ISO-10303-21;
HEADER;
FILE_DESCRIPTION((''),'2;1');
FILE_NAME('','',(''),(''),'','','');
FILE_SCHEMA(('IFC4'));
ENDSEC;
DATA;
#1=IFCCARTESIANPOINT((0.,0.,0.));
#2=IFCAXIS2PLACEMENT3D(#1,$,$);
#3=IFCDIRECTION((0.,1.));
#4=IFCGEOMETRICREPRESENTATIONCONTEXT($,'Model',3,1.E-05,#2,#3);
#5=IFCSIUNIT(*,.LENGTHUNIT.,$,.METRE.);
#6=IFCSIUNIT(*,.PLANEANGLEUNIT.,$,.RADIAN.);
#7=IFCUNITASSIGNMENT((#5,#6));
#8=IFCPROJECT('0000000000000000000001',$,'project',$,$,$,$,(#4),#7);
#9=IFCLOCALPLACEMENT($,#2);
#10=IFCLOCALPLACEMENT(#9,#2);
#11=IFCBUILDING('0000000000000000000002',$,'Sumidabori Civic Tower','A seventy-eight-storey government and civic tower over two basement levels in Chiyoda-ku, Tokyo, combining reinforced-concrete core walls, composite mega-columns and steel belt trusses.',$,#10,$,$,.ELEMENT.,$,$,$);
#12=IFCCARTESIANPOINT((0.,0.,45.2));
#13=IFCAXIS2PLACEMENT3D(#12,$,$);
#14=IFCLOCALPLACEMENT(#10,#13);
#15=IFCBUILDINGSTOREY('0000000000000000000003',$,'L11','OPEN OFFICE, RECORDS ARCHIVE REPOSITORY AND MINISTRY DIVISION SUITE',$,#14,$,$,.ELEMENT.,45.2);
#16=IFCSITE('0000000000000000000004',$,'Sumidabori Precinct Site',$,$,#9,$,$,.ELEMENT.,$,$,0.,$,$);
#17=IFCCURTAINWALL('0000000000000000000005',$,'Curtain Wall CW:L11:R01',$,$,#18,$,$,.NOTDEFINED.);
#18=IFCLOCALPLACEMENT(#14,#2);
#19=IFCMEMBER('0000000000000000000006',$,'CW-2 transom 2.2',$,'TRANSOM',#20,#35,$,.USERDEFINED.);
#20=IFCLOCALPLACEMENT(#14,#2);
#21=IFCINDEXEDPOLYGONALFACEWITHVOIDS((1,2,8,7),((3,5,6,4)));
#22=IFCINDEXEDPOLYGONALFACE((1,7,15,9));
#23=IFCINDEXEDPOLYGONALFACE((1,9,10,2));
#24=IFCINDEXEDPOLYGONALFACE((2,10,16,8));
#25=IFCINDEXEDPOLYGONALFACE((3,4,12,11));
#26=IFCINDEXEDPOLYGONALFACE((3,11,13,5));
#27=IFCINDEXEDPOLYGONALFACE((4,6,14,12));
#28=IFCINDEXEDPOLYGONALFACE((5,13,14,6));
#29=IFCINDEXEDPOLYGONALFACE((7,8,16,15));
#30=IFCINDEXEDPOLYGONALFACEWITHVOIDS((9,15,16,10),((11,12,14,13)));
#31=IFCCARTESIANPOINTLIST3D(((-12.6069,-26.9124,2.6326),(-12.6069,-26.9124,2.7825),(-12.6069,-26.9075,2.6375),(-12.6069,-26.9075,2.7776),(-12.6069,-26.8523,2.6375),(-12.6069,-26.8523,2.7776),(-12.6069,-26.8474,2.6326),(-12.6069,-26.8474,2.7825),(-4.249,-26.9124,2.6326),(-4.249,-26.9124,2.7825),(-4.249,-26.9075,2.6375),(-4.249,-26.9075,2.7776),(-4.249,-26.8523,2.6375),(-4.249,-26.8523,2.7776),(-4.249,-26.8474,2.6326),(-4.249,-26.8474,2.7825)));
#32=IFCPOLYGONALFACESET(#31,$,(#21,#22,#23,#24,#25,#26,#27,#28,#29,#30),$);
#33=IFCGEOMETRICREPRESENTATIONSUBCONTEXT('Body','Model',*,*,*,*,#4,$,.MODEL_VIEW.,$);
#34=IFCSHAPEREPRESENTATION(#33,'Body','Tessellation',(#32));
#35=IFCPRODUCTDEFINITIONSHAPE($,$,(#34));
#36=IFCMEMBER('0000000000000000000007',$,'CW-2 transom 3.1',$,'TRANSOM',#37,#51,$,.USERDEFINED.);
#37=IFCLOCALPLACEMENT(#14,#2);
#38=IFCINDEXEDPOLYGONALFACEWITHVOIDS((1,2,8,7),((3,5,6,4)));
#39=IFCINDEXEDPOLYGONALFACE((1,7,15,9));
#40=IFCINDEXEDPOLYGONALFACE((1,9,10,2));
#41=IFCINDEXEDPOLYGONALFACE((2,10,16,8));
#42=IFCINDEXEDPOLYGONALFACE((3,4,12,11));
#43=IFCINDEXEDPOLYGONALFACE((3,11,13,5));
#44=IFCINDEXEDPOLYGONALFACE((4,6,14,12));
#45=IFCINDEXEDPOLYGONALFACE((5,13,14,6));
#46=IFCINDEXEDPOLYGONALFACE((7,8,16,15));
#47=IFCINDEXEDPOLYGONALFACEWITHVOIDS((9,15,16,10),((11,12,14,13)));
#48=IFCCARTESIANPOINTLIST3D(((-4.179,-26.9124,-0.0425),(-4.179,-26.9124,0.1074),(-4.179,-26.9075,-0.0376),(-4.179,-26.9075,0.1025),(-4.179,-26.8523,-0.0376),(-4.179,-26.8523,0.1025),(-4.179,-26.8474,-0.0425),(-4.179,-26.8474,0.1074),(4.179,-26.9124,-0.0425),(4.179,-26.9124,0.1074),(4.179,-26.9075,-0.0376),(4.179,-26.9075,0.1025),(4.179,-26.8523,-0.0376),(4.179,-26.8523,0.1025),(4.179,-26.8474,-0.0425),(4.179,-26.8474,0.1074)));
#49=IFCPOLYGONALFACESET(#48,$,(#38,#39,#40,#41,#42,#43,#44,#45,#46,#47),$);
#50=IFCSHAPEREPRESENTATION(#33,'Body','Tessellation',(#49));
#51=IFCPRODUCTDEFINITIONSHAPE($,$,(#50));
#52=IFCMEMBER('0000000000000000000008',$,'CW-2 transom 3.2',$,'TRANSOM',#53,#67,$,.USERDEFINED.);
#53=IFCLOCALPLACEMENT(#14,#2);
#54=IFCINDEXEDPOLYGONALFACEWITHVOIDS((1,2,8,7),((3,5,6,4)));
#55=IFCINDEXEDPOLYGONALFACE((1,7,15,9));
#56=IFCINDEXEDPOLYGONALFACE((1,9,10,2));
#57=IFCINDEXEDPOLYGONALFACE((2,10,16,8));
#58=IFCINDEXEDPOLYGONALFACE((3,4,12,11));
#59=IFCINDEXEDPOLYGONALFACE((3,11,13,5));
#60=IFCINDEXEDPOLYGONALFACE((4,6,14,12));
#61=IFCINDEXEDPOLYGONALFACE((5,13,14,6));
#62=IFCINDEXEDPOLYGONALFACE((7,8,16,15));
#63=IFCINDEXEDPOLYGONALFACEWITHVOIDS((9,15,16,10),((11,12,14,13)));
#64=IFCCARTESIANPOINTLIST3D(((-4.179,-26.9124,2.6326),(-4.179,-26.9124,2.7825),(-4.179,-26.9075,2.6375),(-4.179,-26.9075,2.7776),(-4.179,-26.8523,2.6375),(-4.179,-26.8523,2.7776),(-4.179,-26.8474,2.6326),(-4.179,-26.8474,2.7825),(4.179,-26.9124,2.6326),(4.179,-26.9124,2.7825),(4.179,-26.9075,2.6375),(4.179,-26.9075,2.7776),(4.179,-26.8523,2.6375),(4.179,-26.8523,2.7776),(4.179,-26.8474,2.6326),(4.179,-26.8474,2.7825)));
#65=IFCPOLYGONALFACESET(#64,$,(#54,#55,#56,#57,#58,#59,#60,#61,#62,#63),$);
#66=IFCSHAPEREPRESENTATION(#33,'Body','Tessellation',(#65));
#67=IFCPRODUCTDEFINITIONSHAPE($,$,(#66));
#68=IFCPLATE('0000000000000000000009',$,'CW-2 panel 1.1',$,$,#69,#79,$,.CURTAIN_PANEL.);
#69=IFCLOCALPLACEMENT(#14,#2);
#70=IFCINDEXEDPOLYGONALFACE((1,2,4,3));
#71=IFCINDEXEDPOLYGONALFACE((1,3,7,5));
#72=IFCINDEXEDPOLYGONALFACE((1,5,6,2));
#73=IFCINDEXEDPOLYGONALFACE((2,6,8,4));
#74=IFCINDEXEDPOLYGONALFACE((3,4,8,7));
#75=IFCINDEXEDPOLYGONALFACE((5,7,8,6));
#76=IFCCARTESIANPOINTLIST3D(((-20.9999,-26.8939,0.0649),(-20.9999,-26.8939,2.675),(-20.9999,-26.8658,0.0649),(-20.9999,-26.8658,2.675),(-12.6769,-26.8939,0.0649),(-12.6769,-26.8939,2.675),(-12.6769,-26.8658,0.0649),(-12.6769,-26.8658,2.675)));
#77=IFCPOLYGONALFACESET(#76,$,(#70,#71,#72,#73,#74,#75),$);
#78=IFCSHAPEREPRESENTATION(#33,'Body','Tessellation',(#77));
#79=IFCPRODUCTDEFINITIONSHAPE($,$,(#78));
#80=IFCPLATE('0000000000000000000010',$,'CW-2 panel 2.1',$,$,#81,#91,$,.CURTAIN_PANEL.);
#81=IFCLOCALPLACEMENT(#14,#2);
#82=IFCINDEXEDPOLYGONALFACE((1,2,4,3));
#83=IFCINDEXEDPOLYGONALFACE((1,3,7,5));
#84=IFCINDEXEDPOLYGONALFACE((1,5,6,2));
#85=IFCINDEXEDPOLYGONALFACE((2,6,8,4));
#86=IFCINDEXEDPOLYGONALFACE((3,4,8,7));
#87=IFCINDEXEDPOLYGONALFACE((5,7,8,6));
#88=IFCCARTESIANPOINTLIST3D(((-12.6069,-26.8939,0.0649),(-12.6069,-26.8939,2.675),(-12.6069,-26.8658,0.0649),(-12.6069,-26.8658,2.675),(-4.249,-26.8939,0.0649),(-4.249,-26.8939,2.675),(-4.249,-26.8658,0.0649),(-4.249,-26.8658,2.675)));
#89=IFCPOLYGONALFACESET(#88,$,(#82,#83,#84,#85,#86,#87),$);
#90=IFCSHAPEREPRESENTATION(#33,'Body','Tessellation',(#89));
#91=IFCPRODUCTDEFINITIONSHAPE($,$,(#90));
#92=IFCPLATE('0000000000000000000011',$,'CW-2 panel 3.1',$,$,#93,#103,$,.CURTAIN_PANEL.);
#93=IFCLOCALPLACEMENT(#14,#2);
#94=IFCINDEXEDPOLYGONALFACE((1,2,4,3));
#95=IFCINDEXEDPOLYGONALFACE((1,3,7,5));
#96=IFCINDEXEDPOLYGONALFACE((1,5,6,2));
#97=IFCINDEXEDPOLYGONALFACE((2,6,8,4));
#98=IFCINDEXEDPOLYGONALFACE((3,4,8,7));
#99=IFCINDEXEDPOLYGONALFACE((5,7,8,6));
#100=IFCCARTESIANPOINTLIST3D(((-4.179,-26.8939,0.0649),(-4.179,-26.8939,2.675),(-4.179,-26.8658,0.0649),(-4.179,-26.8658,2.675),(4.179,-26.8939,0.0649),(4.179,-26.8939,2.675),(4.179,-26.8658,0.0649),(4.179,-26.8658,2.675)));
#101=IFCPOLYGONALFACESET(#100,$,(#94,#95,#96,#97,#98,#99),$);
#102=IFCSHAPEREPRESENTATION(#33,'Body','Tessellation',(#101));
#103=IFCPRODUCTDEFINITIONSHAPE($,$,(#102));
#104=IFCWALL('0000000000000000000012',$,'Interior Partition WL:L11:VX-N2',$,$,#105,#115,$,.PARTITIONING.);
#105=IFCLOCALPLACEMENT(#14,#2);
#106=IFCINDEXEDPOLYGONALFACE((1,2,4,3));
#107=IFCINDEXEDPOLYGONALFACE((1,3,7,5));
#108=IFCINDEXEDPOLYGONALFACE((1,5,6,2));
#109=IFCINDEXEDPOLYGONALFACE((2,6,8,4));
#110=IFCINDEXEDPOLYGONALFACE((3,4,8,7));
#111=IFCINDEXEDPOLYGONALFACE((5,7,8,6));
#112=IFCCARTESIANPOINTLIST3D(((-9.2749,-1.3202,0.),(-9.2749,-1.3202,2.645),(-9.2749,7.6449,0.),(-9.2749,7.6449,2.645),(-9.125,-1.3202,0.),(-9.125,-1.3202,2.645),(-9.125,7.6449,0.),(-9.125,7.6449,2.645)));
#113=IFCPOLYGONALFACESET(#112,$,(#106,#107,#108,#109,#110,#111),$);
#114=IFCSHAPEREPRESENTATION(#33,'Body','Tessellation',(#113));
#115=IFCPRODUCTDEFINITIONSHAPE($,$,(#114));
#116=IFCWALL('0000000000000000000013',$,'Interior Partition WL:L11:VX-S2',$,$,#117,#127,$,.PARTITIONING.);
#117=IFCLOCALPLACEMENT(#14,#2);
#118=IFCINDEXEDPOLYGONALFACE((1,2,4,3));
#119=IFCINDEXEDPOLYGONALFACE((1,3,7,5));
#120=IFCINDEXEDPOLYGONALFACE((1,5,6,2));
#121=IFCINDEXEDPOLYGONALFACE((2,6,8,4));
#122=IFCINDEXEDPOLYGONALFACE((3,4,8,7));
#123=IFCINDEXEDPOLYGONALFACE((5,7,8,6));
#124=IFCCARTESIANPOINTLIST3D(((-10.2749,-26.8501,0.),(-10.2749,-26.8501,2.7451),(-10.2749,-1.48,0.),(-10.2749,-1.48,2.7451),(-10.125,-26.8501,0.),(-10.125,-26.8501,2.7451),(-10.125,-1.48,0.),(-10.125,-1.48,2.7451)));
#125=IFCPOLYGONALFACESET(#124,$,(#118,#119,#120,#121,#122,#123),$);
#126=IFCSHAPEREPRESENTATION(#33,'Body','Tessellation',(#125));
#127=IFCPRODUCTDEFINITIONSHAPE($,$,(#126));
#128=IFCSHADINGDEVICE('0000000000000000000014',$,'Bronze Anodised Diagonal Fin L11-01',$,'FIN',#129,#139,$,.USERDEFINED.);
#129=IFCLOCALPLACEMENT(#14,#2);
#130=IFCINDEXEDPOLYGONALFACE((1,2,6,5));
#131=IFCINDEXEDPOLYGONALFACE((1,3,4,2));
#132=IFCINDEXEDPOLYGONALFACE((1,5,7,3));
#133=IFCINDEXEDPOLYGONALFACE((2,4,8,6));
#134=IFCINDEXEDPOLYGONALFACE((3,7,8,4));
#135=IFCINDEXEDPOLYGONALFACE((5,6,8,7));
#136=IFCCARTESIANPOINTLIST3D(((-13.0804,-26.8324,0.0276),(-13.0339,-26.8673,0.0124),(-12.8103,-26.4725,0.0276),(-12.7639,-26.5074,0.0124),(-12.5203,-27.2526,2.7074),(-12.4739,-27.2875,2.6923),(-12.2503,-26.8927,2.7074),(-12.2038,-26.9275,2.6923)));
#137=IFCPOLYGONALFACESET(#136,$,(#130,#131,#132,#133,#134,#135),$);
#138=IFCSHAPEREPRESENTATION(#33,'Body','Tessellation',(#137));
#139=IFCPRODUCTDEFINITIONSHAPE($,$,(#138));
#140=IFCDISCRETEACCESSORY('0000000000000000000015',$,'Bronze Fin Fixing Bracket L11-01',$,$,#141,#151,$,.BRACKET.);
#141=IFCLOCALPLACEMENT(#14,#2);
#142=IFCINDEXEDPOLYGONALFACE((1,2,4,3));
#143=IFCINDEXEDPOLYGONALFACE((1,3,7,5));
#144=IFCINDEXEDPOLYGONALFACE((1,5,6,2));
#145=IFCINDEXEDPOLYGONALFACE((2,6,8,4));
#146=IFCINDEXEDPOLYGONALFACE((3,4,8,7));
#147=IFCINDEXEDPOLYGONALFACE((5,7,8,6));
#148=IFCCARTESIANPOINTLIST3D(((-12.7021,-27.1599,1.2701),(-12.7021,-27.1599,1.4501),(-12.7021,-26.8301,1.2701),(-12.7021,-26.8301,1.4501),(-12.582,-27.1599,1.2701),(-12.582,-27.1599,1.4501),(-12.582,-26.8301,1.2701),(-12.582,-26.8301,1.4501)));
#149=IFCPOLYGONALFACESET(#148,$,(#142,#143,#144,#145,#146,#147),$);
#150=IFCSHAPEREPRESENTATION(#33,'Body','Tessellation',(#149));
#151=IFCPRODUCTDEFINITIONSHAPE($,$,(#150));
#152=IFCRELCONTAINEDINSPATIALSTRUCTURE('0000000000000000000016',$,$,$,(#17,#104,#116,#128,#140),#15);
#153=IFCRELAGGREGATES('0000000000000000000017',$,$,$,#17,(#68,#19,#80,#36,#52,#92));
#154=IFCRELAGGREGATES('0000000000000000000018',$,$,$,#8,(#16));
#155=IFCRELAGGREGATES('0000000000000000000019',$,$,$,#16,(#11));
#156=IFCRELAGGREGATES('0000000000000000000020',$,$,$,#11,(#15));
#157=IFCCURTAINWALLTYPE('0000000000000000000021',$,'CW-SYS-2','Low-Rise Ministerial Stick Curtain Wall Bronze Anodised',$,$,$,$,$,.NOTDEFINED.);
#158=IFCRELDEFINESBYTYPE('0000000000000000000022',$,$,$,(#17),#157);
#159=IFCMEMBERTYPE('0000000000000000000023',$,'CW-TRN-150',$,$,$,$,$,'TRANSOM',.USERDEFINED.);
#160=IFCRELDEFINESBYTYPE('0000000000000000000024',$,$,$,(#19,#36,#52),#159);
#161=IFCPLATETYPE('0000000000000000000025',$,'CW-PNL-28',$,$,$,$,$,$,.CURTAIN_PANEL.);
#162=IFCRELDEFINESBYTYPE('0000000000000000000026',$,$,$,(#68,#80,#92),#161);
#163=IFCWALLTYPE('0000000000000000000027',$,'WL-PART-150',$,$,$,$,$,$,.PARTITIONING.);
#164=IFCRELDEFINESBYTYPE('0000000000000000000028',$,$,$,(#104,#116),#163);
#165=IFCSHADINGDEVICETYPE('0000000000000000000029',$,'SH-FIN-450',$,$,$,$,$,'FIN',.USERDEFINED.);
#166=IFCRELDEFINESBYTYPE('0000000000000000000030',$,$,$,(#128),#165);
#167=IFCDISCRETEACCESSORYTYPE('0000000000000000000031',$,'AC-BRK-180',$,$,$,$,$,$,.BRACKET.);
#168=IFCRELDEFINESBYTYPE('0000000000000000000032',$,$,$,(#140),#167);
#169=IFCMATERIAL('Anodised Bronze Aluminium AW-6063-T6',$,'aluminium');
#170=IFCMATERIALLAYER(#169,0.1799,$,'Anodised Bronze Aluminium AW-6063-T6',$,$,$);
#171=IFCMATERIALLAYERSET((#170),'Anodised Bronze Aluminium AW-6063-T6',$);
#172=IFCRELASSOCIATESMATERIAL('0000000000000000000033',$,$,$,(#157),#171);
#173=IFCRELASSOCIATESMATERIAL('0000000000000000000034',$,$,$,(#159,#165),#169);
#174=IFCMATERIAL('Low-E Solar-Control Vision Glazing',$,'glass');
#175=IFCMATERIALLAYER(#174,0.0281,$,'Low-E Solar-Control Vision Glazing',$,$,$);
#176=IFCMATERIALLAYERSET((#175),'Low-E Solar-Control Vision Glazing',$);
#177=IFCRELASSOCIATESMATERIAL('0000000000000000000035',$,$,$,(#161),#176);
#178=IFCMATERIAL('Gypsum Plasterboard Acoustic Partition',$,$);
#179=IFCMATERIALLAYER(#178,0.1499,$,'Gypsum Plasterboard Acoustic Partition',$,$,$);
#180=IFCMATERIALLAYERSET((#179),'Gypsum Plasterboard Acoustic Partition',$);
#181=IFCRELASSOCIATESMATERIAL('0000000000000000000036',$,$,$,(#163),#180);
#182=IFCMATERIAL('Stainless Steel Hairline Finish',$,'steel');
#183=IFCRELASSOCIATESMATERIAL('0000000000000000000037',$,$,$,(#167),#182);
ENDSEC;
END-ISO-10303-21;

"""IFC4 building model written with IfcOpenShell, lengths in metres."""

from ifc_helpers import new_model, si_unit, direction, frame, frame_2d, origin, origin_2d, place, context, subcontext, project, spatial, rectangle, hollow_rectangle, extrude, source, transform, mapped, material, layer, layer_set, material_profile, profile_set, type_object, element, aggregate, save


model = new_model("IFC4")

# Units and contexts
model_context = context("Model", 3, precision=1e-05, world=origin(), true_north=direction((0.0, 1.0)))
body_context = subcontext(model_context, "Body", "Model", "MODEL_VIEW")
ifc_project = project(units=[si_unit("LENGTHUNIT", "METRE"), si_unit("PLANEANGLEUNIT", "RADIAN")], contexts=[model_context])

# Site, building, storey
site_placement = place(None, origin())
site = spatial("IfcSite", under=ifc_project, at=site_placement, Name="Sumidabori Precinct Site", CompositionType="ELEMENT", RefElevation=0.0)
building_placement = place(site_placement, origin())
building = spatial("IfcBuilding", under=site, at=building_placement, Name="Sumidabori Civic Tower", Description="A seventy-eight-storey government and civic tower over two basement levels in Chiyoda-ku, Tokyo, combining reinforced-concrete core walls, composite mega-columns and steel belt trusses.", CompositionType="ELEMENT")
storey_placement = place(building_placement, frame((0.0, 0.0, 45.2)))
storey = spatial("IfcBuildingStorey", under=building, at=storey_placement, Name="L11", Description="OPEN OFFICE, RECORDS ARCHIVE REPOSITORY AND MINISTRY DIVISION SUITE", CompositionType="ELEMENT", Elevation=45.2)

# Curtain wall, members, plates
ifc_material_1 = material(Name="Anodised Bronze Aluminium AW-6063-T6", Category="aluminium")
ifc_layer_1 = layer(ifc_material_1, 0.1799, Name="Anodised Bronze Aluminium AW-6063-T6")
ifc_layer_set_1 = layer_set([ifc_layer_1], Name="Anodised Bronze Aluminium AW-6063-T6")
curtain_wall_type = type_object("IfcCurtainWallType", Name="CW-SYS-2", Description="Low-Rise Ministerial Stick Curtain Wall Bronze Anodised", PredefinedType="NOTDEFINED", material=ifc_layer_set_1)
curtain_wall_placement = place(storey_placement, origin())
curtain_wall = element("IfcCurtainWall", 1, at=curtain_wall_placement, inside=storey, type_object=curtain_wall_type, Name="Curtain Wall CW:L11:R01", PredefinedType="NOTDEFINED")
ifc_material_profile_1 = material_profile(ifc_material_1, hollow_rectangle(XDim=0.0649, YDim=0.1499, WallThickness=0.0049, at=origin_2d()), Name="ALU TRANSOM 150x65")
ifc_profile_set_1 = profile_set([ifc_material_profile_1], Name="Anodised Bronze Aluminium AW-6063-T6")
member_type_1 = type_object("IfcMemberType", Name="CW-TRN-150", ElementType="TRANSOM", PredefinedType="USERDEFINED", material=ifc_profile_set_1)
shared_shape_1 = source(origin(), body_context, "Body", "SweptSolid", [
    extrude(hollow_rectangle(XDim=0.0649, YDim=0.1499, WallThickness=0.0049, at=origin_2d()), origin(), (0.0, 0.0, 1.0), 8.3579),
])
member_1_placement = place(storey_placement, frame((-12.6069, -26.8799, 2.7075), z_axis=(1.0, 0.0, 0.0), x_axis=(0.0, 1.0, 0.0)))
member_1 = element("IfcMember", 2, at=member_1_placement, type_object=member_type_1, Name="CW-2 transom 2.2", ObjectType="TRANSOM", PredefinedType="USERDEFINED", context=body_context, shape_type="MappedRepresentation", body=[
    mapped(shared_shape_1, transform((0.0, 0.0, 0.0), x_axis=(1.0, 0.0, 0.0), y_axis=(0.0, 1.0, 0.0), z_axis=(0.0, 0.0, 1.0), scale=1.0)),
])
member_2_placement = place(storey_placement, frame((-4.179, -26.8799, 0.0325), z_axis=(1.0, 0.0, 0.0), x_axis=(0.0, 1.0, 0.0)))
member_2 = element("IfcMember", 3, at=member_2_placement, type_object=member_type_1, Name="CW-2 transom 3.1", ObjectType="TRANSOM", PredefinedType="USERDEFINED", context=body_context, shape_type="MappedRepresentation", body=[
    mapped(shared_shape_1, transform((0.0, 0.0, 0.0), x_axis=(1.0, 0.0, 0.0), y_axis=(0.0, 1.0, 0.0), z_axis=(0.0, 0.0, 1.0), scale=1.0)),
])
member_3_placement = place(storey_placement, frame((-4.179, -26.8799, 2.7075), z_axis=(1.0, 0.0, 0.0), x_axis=(0.0, 1.0, 0.0)))
member_3 = element("IfcMember", 4, at=member_3_placement, type_object=member_type_1, Name="CW-2 transom 3.2", ObjectType="TRANSOM", PredefinedType="USERDEFINED", context=body_context, shape_type="MappedRepresentation", body=[
    mapped(shared_shape_1, transform((0.0, 0.0, 0.0), x_axis=(1.0, 0.0, 0.0), y_axis=(0.0, 1.0, 0.0), z_axis=(0.0, 0.0, 1.0), scale=1.0)),
])
ifc_material_2 = material(Name="Low-E Solar-Control Vision Glazing", Category="glass")
ifc_layer_2 = layer(ifc_material_2, 0.0281, Name="Low-E Solar-Control Vision Glazing")
ifc_layer_set_2 = layer_set([ifc_layer_2], Name="Low-E Solar-Control Vision Glazing")
plate_type = type_object("IfcPlateType", Name="CW-PNL-28", PredefinedType="CURTAIN_PANEL", material=ifc_layer_set_2)
shared_shape_2 = source(origin(), body_context, "Body", "SweptSolid", [
    extrude(rectangle(XDim=8.323, YDim=0.0281, at=origin_2d()), origin(), (0.0, 0.0, 1.0), 2.6101),
])
plate_1_placement = place(storey_placement, frame((-16.8384, -26.8799, 0.0649), z_axis=(0.0, 0.0, 1.0), x_axis=(1.0, 0.0, 0.0)))
plate_1 = element("IfcPlate", 5, at=plate_1_placement, type_object=plate_type, Name="CW-2 panel 1.1", PredefinedType="CURTAIN_PANEL", context=body_context, shape_type="MappedRepresentation", body=[
    mapped(shared_shape_2, transform((0.0, 0.0, 0.0), x_axis=(1.0, 0.0, 0.0), y_axis=(0.0, 1.0, 0.0), z_axis=(0.0, 0.0, 1.0), scale=1.0)),
])
shared_shape_3 = source(origin(), body_context, "Body", "SweptSolid", [
    extrude(rectangle(XDim=8.3579, YDim=0.0281, at=origin_2d()), origin(), (0.0, 0.0, 1.0), 2.6101),
])
plate_2_placement = place(storey_placement, frame((-8.428, -26.8799, 0.0649), z_axis=(0.0, 0.0, 1.0), x_axis=(1.0, 0.0, 0.0)))
plate_2 = element("IfcPlate", 6, at=plate_2_placement, type_object=plate_type, Name="CW-2 panel 2.1", PredefinedType="CURTAIN_PANEL", context=body_context, shape_type="MappedRepresentation", body=[
    mapped(shared_shape_3, transform((0.0, 0.0, 0.0), x_axis=(1.0, 0.0, 0.0), y_axis=(0.0, 1.0, 0.0), z_axis=(0.0, 0.0, 1.0), scale=1.0)),
])
plate_3_placement = place(storey_placement, frame((0.0, -26.8799, 0.0649), z_axis=(0.0, 0.0, 1.0), x_axis=(1.0, 0.0, 0.0)))
plate_3 = element("IfcPlate", 7, at=plate_3_placement, type_object=plate_type, Name="CW-2 panel 3.1", PredefinedType="CURTAIN_PANEL", context=body_context, shape_type="MappedRepresentation", body=[
    mapped(shared_shape_3, transform((0.0, 0.0, 0.0), x_axis=(1.0, 0.0, 0.0), y_axis=(0.0, 1.0, 0.0), z_axis=(0.0, 0.0, 1.0), scale=1.0)),
])
aggregate(curtain_wall, [plate_1, member_1, plate_2, member_2, member_3, plate_3])

# Walls
ifc_material_3 = material(Name="Gypsum Plasterboard Acoustic Partition")
ifc_layer_3 = layer(ifc_material_3, 0.1499, Name="Gypsum Plasterboard Acoustic Partition")
ifc_layer_set_3 = layer_set([ifc_layer_3], Name="Gypsum Plasterboard Acoustic Partition")
wall_type = type_object("IfcWallType", Name="WL-PART-150", PredefinedType="PARTITIONING", material=ifc_layer_set_3)
shared_shape_4 = source(origin(), body_context, "Body", "SweptSolid", [
    extrude(rectangle(XDim=8.9651, YDim=0.1499, at=frame_2d((4.4824, 0.0))), origin(), (0.0, 0.0, 1.0), 2.645),
])
wall_1_placement = place(storey_placement, frame((-9.2, -1.3201, 0.0), z_axis=(0.0, 0.0, 1.0), x_axis=(0.0, 1.0, 0.0)))
element("IfcWall", 8, at=wall_1_placement, inside=storey, type_object=wall_type, Name="Interior Partition WL:L11:VX-N2", PredefinedType="PARTITIONING", context=body_context, shape_type="MappedRepresentation", body=[
    mapped(shared_shape_4, transform((0.0, 0.0, 0.0), x_axis=(1.0, 0.0, 0.0), y_axis=(0.0, 1.0, 0.0), z_axis=(0.0, 0.0, 1.0), scale=1.0)),
])
shared_shape_5 = source(origin(), body_context, "Body", "SweptSolid", [
    extrude(rectangle(XDim=25.3701, YDim=0.1499, at=frame_2d((12.6851, 0.0))), origin(), (0.0, 0.0, 1.0), 2.7451),
])
wall_2_placement = place(storey_placement, frame((-10.2, -26.8501, 0.0), z_axis=(0.0, 0.0, 1.0), x_axis=(0.0, 1.0, 0.0)))
element("IfcWall", 9, at=wall_2_placement, inside=storey, type_object=wall_type, Name="Interior Partition WL:L11:VX-S2", PredefinedType="PARTITIONING", context=body_context, shape_type="MappedRepresentation", body=[
    mapped(shared_shape_5, transform((0.0, 0.0, 0.0), x_axis=(1.0, 0.0, 0.0), y_axis=(0.0, 1.0, 0.0), z_axis=(0.0, 0.0, 1.0), scale=1.0)),
])

# Shading device
ifc_material_profile_2 = material_profile(ifc_material_1, rectangle(XDim=0.0601, YDim=0.45, at=origin_2d()), Name="BRONZE FIN 450x60")
ifc_profile_set_2 = profile_set([ifc_material_profile_2], Name="Anodised Bronze Aluminium AW-6063-T6")
shading_device_type = type_object("IfcShadingDeviceType", Name="SH-FIN-450", ElementType="FIN", PredefinedType="USERDEFINED", material=ifc_profile_set_2)
shared_shape_6 = source(origin(), body_context, "Body", "SweptSolid", [
    extrude(rectangle(XDim=0.0601, YDim=0.45, at=origin_2d()), origin(), (0.0, 0.0, 1.0), 2.7698),
])
shading_device_placement = place(storey_placement, frame((-12.9221, -26.6699, 0.02), z_axis=(0.202196, -0.151691, 0.967526), x_axis=(0.77394, -0.580624, -0.252771)))
element("IfcShadingDevice", 10, at=shading_device_placement, inside=storey, type_object=shading_device_type, Name="Bronze Anodised Diagonal Fin L11-01", ObjectType="FIN", PredefinedType="USERDEFINED", context=body_context, shape_type="MappedRepresentation", body=[
    mapped(shared_shape_6, transform((0.0, 0.0, 0.0), x_axis=(1.0, 0.0, 0.0), y_axis=(0.0, 1.0, 0.0), z_axis=(0.0, 0.0, 1.0), scale=1.0)),
])

# Discrete accessory
ifc_material_4 = material(Name="Stainless Steel Hairline Finish", Category="steel")
ifc_material_profile_3 = material_profile(ifc_material_4, rectangle(XDim=0.1201, YDim=0.1799, at=origin_2d()), Name="STEEL BRACKET 180x120")
ifc_profile_set_3 = profile_set([ifc_material_profile_3], Name="Stainless Steel Hairline Finish")
discrete_accessory_type = type_object("IfcDiscreteAccessoryType", Name="AC-BRK-180", PredefinedType="BRACKET", material=ifc_profile_set_3)
shared_shape_7 = source(origin(), body_context, "Body", "SweptSolid", [
    extrude(rectangle(XDim=0.1201, YDim=0.1799, at=origin_2d()), origin(), (0.0, 0.0, 1.0), 0.3298),
])
discrete_accessory_placement = place(storey_placement, frame((-12.6421, -26.8301, 1.3601), z_axis=(0.0, -1.0, 0.0), x_axis=(1.0, 0.0, 0.0)))
element("IfcDiscreteAccessory", 11, at=discrete_accessory_placement, inside=storey, type_object=discrete_accessory_type, Name="Bronze Fin Fixing Bracket L11-01", PredefinedType="BRACKET", context=body_context, shape_type="MappedRepresentation", body=[
    mapped(shared_shape_7, transform((0.0, 0.0, 0.0), x_axis=(1.0, 0.0, 0.0), y_axis=(0.0, 1.0, 0.0), z_axis=(0.0, 0.0, 1.0), scale=1.0)),
])

save(model, "model.ifc")
